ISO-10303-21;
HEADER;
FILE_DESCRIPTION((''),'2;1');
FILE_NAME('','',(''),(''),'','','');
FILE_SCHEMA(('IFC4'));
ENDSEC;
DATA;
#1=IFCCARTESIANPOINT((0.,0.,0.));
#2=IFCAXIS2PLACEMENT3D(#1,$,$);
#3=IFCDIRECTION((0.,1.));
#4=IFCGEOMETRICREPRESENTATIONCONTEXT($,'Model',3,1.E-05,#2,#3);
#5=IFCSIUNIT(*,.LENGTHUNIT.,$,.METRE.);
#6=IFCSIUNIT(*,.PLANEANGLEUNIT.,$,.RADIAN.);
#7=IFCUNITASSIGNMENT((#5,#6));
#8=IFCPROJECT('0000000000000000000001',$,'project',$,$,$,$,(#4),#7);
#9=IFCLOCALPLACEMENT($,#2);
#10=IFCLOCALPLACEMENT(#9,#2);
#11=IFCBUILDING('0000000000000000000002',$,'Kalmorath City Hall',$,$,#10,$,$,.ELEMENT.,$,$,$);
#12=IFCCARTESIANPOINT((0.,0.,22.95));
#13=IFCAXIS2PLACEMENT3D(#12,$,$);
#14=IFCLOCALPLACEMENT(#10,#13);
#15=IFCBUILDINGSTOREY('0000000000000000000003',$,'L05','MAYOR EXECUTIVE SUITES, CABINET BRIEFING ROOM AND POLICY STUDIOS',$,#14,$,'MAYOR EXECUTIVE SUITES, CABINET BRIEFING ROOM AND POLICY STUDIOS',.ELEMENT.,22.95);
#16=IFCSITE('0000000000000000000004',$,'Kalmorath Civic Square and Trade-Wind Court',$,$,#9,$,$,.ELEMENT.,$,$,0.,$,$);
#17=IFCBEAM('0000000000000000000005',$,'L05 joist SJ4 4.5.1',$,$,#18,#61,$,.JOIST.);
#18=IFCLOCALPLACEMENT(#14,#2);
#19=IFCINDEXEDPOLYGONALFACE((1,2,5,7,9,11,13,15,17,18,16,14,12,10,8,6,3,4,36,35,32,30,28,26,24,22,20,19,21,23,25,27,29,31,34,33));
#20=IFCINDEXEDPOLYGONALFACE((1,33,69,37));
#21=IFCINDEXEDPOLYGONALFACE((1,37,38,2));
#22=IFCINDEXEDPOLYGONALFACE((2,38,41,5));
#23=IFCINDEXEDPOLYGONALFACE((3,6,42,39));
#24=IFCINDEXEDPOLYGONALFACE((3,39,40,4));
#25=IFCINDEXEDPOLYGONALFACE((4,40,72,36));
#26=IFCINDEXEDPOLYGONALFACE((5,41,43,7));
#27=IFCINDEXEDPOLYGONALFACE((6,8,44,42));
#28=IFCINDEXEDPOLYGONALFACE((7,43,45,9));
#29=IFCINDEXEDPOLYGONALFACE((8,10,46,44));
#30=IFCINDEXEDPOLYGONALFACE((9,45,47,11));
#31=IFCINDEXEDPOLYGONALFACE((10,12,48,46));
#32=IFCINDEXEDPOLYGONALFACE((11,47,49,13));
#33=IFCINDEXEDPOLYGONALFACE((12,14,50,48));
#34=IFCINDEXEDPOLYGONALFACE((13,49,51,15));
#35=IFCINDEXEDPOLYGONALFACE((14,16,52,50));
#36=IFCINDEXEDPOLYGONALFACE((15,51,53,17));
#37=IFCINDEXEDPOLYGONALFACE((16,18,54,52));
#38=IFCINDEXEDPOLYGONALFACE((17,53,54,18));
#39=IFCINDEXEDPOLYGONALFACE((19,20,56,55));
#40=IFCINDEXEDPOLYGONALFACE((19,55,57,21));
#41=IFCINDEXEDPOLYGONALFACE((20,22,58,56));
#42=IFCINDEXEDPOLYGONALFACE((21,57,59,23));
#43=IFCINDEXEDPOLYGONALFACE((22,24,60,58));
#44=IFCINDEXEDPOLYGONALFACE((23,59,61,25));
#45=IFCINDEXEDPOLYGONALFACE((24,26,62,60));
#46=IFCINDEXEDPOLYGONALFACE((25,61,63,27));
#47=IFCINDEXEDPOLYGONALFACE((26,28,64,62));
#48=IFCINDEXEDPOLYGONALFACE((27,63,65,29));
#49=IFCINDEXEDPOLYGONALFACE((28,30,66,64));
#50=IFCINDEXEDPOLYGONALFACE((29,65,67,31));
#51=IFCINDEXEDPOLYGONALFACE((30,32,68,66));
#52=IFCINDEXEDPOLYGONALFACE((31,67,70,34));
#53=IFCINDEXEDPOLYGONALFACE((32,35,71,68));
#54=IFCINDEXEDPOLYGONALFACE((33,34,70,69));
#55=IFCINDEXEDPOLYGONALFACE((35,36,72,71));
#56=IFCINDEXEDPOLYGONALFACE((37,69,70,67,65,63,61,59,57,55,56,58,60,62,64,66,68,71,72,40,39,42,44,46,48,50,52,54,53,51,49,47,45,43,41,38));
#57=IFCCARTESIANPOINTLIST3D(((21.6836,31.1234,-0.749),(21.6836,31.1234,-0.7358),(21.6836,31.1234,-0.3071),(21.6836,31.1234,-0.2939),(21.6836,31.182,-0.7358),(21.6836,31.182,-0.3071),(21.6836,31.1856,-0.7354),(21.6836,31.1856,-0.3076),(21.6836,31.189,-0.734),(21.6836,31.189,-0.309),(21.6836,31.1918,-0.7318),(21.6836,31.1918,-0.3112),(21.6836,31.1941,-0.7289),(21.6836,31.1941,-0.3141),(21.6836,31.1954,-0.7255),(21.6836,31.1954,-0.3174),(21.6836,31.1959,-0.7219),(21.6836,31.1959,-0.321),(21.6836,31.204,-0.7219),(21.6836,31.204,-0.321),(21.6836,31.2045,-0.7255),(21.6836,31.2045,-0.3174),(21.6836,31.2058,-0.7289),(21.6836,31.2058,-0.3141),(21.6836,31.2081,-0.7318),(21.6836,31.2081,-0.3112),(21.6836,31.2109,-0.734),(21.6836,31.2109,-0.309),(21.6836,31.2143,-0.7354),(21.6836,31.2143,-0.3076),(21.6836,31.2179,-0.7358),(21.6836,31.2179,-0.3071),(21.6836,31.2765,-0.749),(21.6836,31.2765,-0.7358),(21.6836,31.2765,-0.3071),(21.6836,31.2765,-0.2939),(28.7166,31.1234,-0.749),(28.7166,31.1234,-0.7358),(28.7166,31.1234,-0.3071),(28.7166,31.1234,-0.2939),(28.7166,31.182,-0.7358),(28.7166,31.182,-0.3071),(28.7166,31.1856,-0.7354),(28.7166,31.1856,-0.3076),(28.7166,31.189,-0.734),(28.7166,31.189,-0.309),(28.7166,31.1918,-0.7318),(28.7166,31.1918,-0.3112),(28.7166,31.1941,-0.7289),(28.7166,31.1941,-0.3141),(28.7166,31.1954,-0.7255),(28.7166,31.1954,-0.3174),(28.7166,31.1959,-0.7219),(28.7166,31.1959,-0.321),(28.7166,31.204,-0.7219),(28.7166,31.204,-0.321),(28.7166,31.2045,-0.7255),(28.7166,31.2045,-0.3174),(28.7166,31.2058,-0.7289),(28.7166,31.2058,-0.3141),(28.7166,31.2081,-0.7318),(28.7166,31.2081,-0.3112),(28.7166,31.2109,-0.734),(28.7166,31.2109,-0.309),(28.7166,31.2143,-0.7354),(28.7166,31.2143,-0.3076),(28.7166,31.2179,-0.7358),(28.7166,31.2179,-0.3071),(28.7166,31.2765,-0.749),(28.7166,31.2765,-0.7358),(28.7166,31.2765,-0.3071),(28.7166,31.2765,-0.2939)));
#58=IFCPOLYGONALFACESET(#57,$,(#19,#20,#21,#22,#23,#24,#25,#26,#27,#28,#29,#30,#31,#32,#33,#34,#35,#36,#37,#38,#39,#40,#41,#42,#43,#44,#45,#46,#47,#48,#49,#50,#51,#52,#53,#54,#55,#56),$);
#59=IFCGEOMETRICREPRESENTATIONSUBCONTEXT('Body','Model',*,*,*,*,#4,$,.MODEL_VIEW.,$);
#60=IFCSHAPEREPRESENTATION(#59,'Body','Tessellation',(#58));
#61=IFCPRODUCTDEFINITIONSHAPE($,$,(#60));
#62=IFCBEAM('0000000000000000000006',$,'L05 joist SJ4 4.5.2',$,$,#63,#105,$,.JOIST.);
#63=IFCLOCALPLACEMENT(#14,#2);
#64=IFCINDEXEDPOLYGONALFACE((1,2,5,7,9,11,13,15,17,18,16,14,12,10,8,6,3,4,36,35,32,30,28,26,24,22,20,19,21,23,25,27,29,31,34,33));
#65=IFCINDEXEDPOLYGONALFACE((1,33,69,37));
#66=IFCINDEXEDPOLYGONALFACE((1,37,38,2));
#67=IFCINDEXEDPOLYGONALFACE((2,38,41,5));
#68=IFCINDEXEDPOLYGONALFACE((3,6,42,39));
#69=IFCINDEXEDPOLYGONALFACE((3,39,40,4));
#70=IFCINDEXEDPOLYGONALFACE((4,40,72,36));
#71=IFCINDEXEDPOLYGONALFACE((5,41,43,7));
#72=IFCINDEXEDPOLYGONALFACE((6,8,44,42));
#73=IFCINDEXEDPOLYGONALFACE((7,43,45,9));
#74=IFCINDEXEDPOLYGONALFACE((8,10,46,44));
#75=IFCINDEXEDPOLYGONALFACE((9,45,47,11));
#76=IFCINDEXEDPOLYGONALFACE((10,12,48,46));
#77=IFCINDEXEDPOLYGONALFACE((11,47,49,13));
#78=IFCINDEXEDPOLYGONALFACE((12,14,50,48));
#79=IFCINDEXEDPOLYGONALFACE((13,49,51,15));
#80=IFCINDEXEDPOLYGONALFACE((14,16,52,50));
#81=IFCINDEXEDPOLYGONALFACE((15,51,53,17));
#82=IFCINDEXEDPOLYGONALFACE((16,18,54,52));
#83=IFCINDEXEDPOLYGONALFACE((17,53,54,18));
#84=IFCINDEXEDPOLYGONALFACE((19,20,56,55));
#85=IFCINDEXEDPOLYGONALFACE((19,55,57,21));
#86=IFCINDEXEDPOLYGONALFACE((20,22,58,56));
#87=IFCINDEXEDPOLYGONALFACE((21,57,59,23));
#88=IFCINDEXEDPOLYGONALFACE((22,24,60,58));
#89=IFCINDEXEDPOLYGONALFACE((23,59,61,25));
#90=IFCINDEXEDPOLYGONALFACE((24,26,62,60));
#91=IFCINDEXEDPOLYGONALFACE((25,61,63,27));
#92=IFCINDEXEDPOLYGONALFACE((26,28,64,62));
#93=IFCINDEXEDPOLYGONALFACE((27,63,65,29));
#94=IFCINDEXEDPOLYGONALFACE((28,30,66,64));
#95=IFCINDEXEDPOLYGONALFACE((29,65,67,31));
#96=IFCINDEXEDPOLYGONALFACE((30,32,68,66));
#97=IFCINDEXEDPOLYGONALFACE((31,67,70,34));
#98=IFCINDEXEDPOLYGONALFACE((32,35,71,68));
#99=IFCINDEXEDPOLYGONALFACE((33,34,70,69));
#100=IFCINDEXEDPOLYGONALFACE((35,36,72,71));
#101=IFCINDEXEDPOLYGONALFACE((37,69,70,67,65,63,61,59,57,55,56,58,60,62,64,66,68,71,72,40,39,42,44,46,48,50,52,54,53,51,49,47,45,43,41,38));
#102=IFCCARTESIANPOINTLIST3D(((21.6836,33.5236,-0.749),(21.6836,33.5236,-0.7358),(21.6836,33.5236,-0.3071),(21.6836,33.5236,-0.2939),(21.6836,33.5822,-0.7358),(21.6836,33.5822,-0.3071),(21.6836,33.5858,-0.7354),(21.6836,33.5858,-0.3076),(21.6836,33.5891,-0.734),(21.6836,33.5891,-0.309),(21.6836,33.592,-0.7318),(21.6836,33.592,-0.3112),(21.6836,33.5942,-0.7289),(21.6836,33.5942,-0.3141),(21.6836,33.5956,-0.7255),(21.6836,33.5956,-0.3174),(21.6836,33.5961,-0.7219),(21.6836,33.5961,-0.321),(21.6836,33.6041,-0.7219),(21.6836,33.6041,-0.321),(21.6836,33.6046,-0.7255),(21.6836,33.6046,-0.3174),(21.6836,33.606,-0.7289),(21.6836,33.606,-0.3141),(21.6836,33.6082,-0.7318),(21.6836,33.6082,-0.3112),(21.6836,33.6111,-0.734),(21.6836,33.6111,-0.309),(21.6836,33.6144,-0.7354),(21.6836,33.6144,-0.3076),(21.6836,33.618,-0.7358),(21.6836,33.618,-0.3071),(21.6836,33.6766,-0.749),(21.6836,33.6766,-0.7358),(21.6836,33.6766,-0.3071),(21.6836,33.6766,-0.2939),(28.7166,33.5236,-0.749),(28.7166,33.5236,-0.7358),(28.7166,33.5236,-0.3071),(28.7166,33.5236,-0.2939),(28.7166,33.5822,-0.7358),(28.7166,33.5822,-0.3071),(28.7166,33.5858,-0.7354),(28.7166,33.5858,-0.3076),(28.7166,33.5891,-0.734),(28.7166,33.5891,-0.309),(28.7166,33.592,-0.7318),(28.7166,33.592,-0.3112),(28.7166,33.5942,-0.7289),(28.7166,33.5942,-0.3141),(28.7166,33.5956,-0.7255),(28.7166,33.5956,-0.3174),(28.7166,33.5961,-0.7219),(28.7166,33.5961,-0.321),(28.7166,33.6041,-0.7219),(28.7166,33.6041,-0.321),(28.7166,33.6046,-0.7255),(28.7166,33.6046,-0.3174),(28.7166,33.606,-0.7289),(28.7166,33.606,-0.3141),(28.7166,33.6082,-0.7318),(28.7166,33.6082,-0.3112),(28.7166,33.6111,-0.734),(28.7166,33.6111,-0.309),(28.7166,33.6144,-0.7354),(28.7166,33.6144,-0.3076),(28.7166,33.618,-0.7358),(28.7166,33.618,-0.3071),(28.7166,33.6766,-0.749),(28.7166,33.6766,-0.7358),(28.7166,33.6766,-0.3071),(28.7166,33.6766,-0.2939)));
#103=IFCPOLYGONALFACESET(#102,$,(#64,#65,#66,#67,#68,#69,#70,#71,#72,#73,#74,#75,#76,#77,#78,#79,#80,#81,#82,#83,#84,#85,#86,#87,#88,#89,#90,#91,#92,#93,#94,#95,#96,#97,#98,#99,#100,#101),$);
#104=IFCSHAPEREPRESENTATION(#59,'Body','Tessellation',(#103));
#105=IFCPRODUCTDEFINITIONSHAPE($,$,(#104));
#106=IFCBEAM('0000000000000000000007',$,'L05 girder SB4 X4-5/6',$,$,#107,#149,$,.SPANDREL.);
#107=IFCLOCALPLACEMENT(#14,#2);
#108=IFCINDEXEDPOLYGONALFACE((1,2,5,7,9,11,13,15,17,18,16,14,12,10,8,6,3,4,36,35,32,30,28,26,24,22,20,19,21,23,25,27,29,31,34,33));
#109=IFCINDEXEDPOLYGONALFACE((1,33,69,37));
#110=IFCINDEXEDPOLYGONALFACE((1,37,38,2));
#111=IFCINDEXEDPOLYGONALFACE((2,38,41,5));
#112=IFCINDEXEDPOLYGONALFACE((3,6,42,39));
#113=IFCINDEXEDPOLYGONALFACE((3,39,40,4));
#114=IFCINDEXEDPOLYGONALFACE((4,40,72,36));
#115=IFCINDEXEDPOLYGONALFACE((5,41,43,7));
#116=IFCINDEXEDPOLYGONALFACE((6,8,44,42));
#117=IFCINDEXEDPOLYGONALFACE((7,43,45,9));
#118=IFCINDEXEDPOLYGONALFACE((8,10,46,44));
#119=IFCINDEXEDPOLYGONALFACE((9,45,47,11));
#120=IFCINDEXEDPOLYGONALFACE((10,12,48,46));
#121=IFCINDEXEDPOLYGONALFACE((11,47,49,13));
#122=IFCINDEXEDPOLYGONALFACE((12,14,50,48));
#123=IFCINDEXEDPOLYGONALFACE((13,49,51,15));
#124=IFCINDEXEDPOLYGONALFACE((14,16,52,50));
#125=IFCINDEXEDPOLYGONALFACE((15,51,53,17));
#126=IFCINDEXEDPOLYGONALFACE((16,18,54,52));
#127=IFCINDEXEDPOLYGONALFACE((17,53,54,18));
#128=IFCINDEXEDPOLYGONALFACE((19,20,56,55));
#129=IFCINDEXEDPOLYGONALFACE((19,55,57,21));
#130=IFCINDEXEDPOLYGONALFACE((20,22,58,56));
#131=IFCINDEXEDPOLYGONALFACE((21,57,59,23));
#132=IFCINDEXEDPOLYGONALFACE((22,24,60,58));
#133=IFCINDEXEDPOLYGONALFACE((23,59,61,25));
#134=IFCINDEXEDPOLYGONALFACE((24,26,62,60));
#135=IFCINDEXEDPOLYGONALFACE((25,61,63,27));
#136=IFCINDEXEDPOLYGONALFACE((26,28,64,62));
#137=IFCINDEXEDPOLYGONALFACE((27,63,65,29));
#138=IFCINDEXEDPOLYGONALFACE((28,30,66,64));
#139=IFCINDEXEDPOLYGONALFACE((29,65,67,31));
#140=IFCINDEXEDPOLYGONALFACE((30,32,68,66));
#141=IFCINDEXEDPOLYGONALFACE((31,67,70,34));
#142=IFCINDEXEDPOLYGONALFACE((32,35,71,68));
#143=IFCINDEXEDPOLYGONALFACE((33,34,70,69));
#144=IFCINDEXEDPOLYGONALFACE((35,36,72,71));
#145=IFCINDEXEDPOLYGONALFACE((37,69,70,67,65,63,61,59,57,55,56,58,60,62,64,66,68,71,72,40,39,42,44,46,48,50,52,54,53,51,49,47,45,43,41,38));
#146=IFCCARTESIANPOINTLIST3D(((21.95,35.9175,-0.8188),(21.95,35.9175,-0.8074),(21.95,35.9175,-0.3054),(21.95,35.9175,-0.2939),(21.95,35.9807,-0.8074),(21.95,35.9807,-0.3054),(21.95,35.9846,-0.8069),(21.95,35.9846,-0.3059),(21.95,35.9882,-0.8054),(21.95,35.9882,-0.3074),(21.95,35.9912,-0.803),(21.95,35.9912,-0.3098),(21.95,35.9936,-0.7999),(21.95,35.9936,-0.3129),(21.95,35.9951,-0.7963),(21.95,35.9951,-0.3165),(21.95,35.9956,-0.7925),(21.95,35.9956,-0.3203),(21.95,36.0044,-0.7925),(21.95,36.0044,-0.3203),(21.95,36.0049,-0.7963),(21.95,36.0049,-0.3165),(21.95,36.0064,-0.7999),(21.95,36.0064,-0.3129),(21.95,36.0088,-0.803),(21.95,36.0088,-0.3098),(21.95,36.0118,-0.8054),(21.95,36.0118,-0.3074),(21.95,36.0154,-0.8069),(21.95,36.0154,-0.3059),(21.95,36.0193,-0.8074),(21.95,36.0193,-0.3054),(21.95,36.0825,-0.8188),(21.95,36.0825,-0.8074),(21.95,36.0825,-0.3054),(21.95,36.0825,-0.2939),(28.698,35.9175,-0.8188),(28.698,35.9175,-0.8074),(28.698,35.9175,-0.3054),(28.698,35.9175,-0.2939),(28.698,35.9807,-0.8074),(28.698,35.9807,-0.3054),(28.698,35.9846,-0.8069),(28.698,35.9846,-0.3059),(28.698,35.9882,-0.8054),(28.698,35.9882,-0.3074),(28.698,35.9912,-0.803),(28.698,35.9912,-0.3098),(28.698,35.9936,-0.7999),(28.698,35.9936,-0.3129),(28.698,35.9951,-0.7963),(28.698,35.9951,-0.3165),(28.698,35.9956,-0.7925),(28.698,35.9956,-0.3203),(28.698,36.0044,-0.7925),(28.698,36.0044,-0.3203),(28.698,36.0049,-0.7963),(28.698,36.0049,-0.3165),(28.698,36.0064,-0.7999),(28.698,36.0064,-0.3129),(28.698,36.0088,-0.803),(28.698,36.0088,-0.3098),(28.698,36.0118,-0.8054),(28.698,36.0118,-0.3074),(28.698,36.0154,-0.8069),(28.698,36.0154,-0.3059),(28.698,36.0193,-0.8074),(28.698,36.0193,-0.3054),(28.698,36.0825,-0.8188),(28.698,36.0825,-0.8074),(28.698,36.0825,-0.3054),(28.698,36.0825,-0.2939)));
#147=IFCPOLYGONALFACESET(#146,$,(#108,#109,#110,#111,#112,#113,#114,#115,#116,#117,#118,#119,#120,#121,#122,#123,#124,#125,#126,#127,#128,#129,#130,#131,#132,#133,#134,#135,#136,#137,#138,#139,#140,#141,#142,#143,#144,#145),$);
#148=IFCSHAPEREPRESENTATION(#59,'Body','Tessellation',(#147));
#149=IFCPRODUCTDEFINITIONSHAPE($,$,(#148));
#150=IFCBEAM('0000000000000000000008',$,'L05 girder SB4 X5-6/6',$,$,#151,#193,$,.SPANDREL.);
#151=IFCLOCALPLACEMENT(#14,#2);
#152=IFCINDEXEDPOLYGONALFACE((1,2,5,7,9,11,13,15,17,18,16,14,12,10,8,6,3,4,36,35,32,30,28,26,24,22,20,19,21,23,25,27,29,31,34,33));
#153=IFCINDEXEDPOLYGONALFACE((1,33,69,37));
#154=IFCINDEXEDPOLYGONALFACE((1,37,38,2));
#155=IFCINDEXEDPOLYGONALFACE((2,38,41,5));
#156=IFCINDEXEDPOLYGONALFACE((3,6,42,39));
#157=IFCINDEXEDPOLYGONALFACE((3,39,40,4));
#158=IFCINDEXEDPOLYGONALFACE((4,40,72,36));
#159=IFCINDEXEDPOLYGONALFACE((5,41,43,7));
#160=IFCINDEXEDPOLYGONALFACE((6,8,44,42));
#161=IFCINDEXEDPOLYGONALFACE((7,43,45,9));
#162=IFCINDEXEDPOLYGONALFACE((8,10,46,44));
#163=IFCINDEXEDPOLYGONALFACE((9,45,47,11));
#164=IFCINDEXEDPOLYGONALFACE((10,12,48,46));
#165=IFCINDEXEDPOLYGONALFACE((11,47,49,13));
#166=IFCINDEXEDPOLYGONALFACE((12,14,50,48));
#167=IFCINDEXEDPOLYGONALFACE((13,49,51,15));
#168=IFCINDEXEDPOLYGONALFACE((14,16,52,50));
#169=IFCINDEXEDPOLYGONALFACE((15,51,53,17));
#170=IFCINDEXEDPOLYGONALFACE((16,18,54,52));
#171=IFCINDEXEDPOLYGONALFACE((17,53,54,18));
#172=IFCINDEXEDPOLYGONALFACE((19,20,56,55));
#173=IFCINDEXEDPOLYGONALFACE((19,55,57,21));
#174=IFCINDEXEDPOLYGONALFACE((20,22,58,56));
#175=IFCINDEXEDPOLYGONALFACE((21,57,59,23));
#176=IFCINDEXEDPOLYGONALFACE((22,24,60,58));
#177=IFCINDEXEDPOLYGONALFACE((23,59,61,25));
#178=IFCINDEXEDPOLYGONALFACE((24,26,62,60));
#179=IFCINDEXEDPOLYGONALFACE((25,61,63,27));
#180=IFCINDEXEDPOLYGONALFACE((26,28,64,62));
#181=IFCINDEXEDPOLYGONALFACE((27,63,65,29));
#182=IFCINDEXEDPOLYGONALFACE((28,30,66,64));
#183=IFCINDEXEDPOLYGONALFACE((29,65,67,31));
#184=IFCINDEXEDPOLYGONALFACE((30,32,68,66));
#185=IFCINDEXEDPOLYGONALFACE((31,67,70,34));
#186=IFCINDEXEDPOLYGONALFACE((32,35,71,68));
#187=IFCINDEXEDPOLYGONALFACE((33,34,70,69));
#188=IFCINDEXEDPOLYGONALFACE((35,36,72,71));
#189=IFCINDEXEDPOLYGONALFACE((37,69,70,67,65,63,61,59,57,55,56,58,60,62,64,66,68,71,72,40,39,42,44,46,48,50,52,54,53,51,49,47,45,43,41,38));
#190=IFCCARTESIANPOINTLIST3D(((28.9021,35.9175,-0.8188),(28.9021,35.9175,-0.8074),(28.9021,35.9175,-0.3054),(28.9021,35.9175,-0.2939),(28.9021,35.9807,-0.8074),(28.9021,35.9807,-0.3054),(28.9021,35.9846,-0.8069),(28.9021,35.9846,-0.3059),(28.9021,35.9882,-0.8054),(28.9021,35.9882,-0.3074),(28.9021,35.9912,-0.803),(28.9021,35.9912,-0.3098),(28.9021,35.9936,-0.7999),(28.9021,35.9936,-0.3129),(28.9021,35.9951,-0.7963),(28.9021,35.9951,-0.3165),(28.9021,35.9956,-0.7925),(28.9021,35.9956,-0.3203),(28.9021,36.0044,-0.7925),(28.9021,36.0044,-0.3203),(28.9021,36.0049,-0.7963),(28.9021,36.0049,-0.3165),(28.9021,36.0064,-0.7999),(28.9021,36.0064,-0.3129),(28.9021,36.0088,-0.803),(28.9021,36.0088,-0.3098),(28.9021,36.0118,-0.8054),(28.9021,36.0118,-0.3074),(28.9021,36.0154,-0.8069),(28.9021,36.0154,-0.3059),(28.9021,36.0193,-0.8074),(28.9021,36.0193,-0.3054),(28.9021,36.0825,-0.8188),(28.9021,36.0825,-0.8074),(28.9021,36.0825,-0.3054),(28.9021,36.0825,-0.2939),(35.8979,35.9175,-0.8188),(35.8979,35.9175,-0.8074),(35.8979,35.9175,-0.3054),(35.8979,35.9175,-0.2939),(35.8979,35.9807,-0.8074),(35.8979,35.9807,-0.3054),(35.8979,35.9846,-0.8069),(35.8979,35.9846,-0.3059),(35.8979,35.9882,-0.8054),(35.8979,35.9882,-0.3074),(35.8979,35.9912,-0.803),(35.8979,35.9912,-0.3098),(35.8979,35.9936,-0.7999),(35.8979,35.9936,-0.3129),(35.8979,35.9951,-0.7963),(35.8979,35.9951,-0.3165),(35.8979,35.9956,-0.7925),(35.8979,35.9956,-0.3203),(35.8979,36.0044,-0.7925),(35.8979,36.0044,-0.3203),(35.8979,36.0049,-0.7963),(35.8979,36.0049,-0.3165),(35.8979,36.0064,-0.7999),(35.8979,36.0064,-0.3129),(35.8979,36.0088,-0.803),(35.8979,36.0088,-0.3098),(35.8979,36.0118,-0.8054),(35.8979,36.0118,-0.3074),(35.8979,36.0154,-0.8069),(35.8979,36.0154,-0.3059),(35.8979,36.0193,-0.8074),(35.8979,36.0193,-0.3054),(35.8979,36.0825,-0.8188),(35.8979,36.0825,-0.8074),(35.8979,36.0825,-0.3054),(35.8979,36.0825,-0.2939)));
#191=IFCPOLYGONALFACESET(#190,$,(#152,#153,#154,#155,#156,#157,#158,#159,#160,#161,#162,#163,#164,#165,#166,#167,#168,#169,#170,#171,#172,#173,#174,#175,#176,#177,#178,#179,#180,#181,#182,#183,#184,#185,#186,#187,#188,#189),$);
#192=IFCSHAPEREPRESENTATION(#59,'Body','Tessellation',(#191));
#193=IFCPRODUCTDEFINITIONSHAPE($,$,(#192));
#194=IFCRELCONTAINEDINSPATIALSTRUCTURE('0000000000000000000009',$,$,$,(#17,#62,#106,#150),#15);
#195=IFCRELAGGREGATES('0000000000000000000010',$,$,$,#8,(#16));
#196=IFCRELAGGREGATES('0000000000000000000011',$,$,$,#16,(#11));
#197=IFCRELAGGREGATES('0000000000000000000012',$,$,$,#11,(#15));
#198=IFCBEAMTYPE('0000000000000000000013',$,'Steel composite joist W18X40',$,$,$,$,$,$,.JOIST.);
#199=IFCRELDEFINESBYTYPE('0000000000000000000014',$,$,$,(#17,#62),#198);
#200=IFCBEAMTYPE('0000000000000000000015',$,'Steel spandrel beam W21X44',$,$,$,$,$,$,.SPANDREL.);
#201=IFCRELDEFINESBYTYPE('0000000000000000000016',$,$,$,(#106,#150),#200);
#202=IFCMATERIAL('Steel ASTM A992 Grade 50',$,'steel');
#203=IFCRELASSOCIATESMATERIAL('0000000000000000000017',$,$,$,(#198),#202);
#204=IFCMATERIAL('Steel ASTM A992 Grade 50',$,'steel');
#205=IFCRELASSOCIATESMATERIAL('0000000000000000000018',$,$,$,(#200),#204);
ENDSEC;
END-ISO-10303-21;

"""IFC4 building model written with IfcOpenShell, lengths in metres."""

from ifc_helpers import new_model, si_unit, direction, frame, origin, origin_2d, place, context, subcontext, project, spatial, i_section, extrude, material, material_profile, profile_set, type_object, element, save


model = new_model("IFC4")

# Units and contexts
model_context = context("Model", 3, precision=1e-05, world=origin(), true_north=direction((0.0, 1.0)))
body_context = subcontext(model_context, "Body", "Model", "MODEL_VIEW")
ifc_project = project(units=[si_unit("LENGTHUNIT", "METRE"), si_unit("PLANEANGLEUNIT", "RADIAN")], contexts=[model_context])

# Site, building, storey
site_placement = place(None, origin())
site = spatial("IfcSite", under=ifc_project, at=site_placement, Name="Kalmorath Civic Square and Trade-Wind Court", CompositionType="ELEMENT", RefElevation=0.0)
building_placement = place(site_placement, origin())
building = spatial("IfcBuilding", under=site, at=building_placement, Name="Kalmorath City Hall", CompositionType="ELEMENT")
storey_placement = place(building_placement, frame((0.0, 0.0, 22.95)))
storey = spatial("IfcBuildingStorey", under=building, at=storey_placement, Name="L05", Description="MAYOR EXECUTIVE SUITES, CABINET BRIEFING ROOM AND POLICY STUDIOS", LongName="MAYOR EXECUTIVE SUITES, CABINET BRIEFING ROOM AND POLICY STUDIOS", CompositionType="ELEMENT", Elevation=22.95)

# Beams
ifc_material_1 = material(Name="Steel ASTM A992 Grade 50", Category="steel")
ifc_material_profile_1 = material_profile(ifc_material_1, i_section(OverallWidth=0.1531, OverallDepth=0.4551, WebThickness=0.0081, FlangeThickness=0.0132, FilletRadius=0.0139, at=origin_2d()), Name="W18X40")
ifc_profile_set_1 = profile_set([ifc_material_profile_1], Name="Steel ASTM A992 Grade 50")
beam_type_1 = type_object("IfcBeamType", Name="Steel composite joist W18X40", PredefinedType="JOIST", material=ifc_profile_set_1)
for number, where, z_axis, x_axis, name in (
    (1, (21.6836, 31.2, -0.5215), (1.0, 0.0, 0.0), (0.0, 1.0, 0.0), "L05 joist SJ4 4.5.1"),
    (2, (21.6836, 33.6001, -0.5215), (1.0, 0.0, 0.0), (0.0, 1.0, 0.0), "L05 joist SJ4 4.5.2"),
):
    element("IfcBeam", number, at=place(storey_placement, frame(where, z_axis=z_axis, x_axis=x_axis)), inside=storey, type_object=beam_type_1, Name=name, PredefinedType="JOIST", context=body_context, shape_type="SweptSolid", body=[
        extrude(i_section(OverallWidth=0.1531, OverallDepth=0.4551, WebThickness=0.0081, FlangeThickness=0.0132, FilletRadius=0.0139, at=origin_2d()), origin(), (0.0, 0.0, 1.0), 7.033),
    ])
ifc_material_2 = material(Name="Steel ASTM A992 Grade 50", Category="steel")
ifc_material_profile_2 = material_profile(ifc_material_2, i_section(OverallWidth=0.165, OverallDepth=0.5249, WebThickness=0.0088, FlangeThickness=0.0115, FilletRadius=0.0149, at=origin_2d()), Name="W21X44")
ifc_profile_set_2 = profile_set([ifc_material_profile_2], Name="Steel ASTM A992 Grade 50")
beam_type_2 = type_object("IfcBeamType", Name="Steel spandrel beam W21X44", PredefinedType="SPANDREL", material=ifc_profile_set_2)
beam_1_placement = place(storey_placement, frame((21.95, 36.0, -0.5564), z_axis=(1.0, 0.0, 0.0), x_axis=(0.0, 1.0, 0.0)))
element("IfcBeam", 3, at=beam_1_placement, inside=storey, type_object=beam_type_2, Name="L05 girder SB4 X4-5/6", PredefinedType="SPANDREL", context=body_context, shape_type="SweptSolid", body=[
    extrude(i_section(OverallWidth=0.165, OverallDepth=0.5249, WebThickness=0.0088, FlangeThickness=0.0115, FilletRadius=0.0149, at=origin_2d()), origin(), (0.0, 0.0, 1.0), 6.748),
])
beam_2_placement = place(storey_placement, frame((28.9021, 36.0, -0.5564), z_axis=(1.0, 0.0, 0.0), x_axis=(0.0, 1.0, 0.0)))
element("IfcBeam", 4, at=beam_2_placement, inside=storey, type_object=beam_type_2, Name="L05 girder SB4 X5-6/6", PredefinedType="SPANDREL", context=body_context, shape_type="SweptSolid", body=[
    extrude(i_section(OverallWidth=0.165, OverallDepth=0.5249, WebThickness=0.0088, FlangeThickness=0.0115, FilletRadius=0.0149, at=origin_2d()), origin(), (0.0, 0.0, 1.0), 6.9958),
])

save(model, "model.ifc")
